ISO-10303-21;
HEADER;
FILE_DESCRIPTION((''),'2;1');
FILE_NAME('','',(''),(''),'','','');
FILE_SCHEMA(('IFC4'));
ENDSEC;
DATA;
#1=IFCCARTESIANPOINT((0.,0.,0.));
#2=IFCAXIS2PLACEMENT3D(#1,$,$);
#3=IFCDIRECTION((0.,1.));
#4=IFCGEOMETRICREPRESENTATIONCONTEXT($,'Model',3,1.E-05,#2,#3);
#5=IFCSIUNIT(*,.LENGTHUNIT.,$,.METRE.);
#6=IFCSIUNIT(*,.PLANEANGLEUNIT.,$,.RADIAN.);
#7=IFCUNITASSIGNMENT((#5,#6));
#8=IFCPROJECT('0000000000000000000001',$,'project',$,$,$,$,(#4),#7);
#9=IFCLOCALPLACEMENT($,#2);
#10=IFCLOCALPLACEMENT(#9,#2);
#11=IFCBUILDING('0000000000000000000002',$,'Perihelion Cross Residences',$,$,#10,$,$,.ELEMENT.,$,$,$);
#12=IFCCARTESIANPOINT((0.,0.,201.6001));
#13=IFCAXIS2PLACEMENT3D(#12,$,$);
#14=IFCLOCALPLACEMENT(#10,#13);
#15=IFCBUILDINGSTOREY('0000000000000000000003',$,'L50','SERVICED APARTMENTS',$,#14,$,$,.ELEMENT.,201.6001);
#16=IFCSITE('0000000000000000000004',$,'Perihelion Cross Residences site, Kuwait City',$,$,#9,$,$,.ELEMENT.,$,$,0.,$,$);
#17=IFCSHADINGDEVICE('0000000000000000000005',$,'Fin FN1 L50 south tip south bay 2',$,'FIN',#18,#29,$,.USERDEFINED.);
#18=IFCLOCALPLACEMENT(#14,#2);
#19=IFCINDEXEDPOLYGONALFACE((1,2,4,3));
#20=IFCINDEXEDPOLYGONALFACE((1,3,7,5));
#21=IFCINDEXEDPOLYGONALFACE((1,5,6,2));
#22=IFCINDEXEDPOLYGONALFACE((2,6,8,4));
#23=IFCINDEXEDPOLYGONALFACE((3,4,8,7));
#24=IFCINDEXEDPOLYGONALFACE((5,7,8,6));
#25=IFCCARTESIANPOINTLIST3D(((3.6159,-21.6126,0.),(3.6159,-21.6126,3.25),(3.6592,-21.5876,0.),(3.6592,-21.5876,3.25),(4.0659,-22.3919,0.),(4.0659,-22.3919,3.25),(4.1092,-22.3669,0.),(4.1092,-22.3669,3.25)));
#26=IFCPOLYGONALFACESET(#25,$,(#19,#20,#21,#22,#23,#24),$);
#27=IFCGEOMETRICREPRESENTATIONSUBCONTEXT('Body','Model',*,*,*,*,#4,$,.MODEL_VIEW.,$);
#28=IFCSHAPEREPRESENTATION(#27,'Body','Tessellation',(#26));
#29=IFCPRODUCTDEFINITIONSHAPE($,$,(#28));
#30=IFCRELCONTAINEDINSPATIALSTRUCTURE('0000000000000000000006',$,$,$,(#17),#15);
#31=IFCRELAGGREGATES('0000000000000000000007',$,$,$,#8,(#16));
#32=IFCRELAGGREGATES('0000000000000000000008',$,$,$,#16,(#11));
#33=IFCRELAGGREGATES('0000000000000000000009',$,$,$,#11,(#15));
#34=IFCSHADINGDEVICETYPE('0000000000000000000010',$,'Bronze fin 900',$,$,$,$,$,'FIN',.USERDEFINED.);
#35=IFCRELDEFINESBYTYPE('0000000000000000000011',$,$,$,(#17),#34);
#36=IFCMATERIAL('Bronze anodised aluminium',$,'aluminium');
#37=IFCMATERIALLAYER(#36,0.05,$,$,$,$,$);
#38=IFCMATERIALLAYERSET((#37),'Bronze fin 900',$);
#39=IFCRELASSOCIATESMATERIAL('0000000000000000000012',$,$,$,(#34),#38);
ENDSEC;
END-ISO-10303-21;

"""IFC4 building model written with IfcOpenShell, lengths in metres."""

from ifc_helpers import new_model, si_unit, direction, frame, origin, origin_2d, place, context, subcontext, project, spatial, rectangle, extrude, material, layer, layer_set, type_object, element, save


model = new_model("IFC4")

# Units and contexts
model_context = context("Model", 3, precision=1e-05, world=origin(), true_north=direction((0.0, 1.0)))
body_context = subcontext(model_context, "Body", "Model", "MODEL_VIEW")
ifc_project = project(units=[si_unit("LENGTHUNIT", "METRE"), si_unit("PLANEANGLEUNIT", "RADIAN")], contexts=[model_context])

# Site, building, storey
site_placement = place(None, origin())
site = spatial("IfcSite", under=ifc_project, at=site_placement, Name="Perihelion Cross Residences site, Kuwait City", CompositionType="ELEMENT", RefElevation=0.0)
building_placement = place(site_placement, origin())
building = spatial("IfcBuilding", under=site, at=building_placement, Name="Perihelion Cross Residences", CompositionType="ELEMENT")
storey_placement = place(building_placement, frame((0.0, 0.0, 201.6001)))
storey = spatial("IfcBuildingStorey", under=building, at=storey_placement, Name="L50", Description="SERVICED APARTMENTS", CompositionType="ELEMENT", Elevation=201.6001)

# Shading device
ifc_material_1 = material(Name="Bronze anodised aluminium", Category="aluminium")
ifc_layer_1 = layer(ifc_material_1, 0.05)
ifc_layer_set_1 = layer_set([ifc_layer_1], Name="Bronze fin 900")
shading_device_type = type_object("IfcShadingDeviceType", Name="Bronze fin 900", ElementType="FIN", PredefinedType="USERDEFINED", material=ifc_layer_set_1)
shading_device_placement = place(storey_placement, frame((3.8625, -21.9897, 0.0), z_axis=(0.0, 0.0, 1.0), x_axis=(0.5, -0.866025, 0.0)))
element("IfcShadingDevice", 1, at=shading_device_placement, inside=storey, type_object=shading_device_type, Name="Fin FN1 L50 south tip south bay 2", ObjectType="FIN", PredefinedType="USERDEFINED", context=body_context, shape_type="SweptSolid", body=[
    extrude(rectangle(XDim=0.8999, YDim=0.05, at=origin_2d()), origin(), (0.0, 0.0, 1.0), 3.25),
])

save(model, "model.ifc")
